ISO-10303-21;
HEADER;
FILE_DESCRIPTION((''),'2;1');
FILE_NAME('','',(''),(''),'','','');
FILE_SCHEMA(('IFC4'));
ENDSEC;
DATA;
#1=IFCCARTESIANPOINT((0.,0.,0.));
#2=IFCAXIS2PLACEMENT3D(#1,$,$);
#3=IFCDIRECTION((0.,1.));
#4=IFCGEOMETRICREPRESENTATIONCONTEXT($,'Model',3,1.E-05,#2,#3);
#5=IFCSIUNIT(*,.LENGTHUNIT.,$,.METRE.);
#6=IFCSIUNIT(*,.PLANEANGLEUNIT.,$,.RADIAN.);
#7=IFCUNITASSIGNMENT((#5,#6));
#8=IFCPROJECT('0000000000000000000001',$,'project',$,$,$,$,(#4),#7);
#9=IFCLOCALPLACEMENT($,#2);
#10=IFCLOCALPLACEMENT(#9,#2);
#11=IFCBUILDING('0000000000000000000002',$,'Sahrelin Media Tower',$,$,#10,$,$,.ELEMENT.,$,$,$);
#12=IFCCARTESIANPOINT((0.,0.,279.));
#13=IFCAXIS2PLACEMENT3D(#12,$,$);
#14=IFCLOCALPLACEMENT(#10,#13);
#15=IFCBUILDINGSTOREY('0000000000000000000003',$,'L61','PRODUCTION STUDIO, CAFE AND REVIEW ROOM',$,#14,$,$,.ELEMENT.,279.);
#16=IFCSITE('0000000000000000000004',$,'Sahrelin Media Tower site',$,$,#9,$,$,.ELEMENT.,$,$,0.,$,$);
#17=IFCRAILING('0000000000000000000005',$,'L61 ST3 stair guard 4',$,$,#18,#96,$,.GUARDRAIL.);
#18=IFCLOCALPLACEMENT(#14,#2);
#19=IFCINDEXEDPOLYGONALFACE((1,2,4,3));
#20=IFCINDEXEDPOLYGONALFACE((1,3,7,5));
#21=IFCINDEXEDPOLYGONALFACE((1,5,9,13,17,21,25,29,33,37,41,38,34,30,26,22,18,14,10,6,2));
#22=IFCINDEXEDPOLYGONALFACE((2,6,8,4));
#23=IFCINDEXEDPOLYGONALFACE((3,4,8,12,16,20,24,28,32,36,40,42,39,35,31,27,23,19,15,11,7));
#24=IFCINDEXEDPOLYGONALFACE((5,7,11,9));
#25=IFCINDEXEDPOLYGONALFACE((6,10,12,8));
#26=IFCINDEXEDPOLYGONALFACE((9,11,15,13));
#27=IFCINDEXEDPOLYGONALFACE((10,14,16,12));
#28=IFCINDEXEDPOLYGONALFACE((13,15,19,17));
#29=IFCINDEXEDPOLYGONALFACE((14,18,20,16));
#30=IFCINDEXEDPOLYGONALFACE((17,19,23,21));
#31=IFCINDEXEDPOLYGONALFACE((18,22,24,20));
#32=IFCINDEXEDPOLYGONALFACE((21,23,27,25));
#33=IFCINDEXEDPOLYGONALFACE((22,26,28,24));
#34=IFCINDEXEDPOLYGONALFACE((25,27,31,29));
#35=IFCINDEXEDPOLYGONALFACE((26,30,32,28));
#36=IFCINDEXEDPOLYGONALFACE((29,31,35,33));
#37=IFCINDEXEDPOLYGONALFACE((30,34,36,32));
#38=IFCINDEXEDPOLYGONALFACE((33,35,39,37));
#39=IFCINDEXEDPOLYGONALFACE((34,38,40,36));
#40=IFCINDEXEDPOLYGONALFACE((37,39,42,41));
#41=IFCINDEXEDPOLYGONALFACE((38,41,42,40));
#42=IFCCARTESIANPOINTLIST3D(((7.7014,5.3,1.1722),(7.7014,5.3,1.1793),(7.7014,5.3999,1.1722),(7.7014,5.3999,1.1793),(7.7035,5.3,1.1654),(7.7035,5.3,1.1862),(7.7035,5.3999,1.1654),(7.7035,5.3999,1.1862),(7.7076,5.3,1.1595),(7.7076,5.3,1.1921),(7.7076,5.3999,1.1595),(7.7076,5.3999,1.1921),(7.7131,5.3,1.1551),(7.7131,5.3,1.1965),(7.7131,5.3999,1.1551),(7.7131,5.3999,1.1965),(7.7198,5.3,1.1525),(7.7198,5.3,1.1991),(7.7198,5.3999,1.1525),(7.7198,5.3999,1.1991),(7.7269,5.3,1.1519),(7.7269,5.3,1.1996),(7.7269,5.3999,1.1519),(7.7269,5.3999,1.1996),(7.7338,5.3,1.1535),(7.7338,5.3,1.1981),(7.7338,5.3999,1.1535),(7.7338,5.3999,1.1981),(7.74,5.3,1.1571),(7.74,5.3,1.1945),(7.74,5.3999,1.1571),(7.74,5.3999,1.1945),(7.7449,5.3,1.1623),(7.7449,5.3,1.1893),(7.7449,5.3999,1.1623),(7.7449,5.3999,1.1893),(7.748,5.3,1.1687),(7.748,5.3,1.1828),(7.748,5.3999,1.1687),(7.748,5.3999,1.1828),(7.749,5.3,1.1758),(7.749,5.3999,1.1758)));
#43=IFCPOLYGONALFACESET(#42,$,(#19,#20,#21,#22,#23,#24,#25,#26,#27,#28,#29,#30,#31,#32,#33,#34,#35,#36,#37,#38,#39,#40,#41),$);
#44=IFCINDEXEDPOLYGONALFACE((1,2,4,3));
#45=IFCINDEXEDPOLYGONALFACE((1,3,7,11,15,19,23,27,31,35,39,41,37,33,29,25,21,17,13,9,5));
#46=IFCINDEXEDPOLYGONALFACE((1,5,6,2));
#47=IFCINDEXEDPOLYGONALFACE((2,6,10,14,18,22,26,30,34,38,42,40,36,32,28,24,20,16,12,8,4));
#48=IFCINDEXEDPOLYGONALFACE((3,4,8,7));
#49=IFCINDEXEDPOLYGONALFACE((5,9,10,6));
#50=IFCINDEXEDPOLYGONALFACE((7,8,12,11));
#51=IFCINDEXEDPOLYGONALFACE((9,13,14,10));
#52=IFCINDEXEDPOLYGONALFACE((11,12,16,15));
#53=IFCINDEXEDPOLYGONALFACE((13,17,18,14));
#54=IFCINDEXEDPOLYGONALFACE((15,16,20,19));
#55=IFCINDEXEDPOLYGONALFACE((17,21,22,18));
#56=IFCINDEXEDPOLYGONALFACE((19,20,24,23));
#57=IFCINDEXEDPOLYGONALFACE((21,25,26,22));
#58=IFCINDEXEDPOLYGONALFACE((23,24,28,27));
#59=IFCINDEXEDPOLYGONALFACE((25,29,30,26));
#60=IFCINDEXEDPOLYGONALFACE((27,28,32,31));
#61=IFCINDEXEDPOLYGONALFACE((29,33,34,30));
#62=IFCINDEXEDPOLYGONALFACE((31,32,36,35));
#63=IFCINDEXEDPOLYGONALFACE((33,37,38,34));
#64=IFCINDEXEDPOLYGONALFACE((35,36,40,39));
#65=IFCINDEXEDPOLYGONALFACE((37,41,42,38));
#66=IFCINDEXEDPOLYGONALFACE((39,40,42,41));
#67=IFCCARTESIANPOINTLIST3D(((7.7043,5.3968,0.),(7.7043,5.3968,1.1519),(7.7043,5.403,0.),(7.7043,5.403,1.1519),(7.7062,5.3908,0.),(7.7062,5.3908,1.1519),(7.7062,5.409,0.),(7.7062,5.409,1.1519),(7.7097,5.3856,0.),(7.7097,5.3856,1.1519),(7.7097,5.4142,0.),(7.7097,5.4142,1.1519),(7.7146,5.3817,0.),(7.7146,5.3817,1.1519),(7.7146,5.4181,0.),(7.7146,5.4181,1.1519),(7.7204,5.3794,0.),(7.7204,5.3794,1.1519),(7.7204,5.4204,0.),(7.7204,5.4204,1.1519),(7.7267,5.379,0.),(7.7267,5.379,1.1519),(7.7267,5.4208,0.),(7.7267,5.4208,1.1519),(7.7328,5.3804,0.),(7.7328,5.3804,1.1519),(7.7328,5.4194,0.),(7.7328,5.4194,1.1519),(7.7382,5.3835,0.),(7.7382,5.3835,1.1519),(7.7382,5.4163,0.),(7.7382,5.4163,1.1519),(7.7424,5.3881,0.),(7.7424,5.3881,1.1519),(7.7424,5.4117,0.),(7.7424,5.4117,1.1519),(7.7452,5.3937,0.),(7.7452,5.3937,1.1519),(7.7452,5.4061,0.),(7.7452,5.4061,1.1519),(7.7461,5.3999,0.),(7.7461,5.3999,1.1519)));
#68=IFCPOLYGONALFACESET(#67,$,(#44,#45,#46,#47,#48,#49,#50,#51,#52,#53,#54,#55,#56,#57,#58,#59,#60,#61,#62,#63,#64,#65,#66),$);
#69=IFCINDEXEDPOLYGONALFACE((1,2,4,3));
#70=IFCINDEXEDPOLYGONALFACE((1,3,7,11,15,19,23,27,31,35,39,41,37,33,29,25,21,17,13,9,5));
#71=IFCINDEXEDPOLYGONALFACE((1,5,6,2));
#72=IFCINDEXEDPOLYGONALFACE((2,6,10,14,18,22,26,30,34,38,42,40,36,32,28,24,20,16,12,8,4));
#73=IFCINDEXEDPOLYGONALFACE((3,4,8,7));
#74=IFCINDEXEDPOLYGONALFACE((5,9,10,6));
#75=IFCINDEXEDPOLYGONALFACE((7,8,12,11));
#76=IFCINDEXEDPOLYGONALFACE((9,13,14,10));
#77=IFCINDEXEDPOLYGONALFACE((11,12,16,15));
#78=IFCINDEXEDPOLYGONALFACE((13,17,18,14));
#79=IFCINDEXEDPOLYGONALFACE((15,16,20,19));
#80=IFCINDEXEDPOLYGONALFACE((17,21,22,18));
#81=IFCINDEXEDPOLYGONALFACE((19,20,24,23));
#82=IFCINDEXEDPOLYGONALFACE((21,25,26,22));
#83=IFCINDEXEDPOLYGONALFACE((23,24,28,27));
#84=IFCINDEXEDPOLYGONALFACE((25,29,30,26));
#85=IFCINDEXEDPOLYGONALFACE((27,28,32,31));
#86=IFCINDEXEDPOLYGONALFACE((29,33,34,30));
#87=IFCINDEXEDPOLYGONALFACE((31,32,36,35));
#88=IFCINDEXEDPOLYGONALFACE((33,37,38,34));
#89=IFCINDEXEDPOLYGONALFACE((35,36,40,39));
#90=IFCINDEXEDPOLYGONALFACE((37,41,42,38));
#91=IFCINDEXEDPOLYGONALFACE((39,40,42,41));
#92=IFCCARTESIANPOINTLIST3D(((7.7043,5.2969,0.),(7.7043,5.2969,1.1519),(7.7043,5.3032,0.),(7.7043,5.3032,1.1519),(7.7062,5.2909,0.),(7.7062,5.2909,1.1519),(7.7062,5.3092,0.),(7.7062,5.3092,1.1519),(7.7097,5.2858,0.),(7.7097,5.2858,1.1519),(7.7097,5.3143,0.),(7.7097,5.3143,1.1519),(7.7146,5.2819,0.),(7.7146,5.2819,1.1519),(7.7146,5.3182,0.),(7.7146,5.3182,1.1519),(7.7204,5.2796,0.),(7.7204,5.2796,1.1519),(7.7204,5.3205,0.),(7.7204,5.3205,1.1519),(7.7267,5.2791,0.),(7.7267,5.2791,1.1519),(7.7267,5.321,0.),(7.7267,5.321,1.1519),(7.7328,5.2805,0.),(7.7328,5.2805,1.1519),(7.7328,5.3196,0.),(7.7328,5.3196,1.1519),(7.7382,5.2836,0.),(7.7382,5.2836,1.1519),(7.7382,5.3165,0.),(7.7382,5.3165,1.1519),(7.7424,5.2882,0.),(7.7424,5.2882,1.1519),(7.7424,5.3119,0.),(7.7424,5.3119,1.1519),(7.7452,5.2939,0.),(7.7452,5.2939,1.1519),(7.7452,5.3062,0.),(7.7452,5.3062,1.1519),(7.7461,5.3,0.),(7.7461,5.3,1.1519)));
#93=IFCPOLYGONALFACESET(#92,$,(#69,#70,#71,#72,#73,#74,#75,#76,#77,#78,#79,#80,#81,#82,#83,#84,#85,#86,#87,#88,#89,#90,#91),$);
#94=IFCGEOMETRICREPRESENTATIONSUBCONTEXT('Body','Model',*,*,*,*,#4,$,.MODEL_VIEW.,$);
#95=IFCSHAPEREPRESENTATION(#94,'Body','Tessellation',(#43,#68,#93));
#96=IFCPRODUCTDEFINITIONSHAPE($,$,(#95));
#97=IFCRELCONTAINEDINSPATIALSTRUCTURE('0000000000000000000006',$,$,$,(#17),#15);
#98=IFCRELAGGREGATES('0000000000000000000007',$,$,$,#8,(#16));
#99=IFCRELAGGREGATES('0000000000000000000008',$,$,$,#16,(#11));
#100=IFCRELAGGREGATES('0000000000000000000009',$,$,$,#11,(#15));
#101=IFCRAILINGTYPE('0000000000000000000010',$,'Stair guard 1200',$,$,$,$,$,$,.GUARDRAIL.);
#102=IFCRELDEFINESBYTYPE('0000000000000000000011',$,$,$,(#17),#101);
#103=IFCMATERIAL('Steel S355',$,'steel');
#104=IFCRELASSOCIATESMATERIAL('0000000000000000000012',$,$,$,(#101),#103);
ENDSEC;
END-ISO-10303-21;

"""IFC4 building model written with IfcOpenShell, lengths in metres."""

from ifc_helpers import new_model, si_unit, direction, frame, origin, origin_2d, place, context, subcontext, project, spatial, circle, extrude, material, type_object, element, save


model = new_model("IFC4")

# Units and contexts
model_context = context("Model", 3, precision=1e-05, world=origin(), true_north=direction((0.0, 1.0)))
body_context = subcontext(model_context, "Body", "Model", "MODEL_VIEW")
ifc_project = project(units=[si_unit("LENGTHUNIT", "METRE"), si_unit("PLANEANGLEUNIT", "RADIAN")], contexts=[model_context])

# Site, building, storey
site_placement = place(None, origin())
site = spatial("IfcSite", under=ifc_project, at=site_placement, Name="Sahrelin Media Tower site", CompositionType="ELEMENT", RefElevation=0.0)
building_placement = place(site_placement, origin())
building = spatial("IfcBuilding", under=site, at=building_placement, Name="Sahrelin Media Tower", CompositionType="ELEMENT")
storey_placement = place(building_placement, frame((0.0, 0.0, 279.0)))
storey = spatial("IfcBuildingStorey", under=building, at=storey_placement, Name="L61", Description="PRODUCTION STUDIO, CAFE AND REVIEW ROOM", CompositionType="ELEMENT", Elevation=279.0)

# Shared definitions
ifc_material_1 = material(Name="Steel S355", Category="steel")

# Railing
railing_type_1 = type_object("IfcRailingType", Name="Stair guard 1200", PredefinedType="GUARDRAIL", material=ifc_material_1)
railing_1_placement = place(storey_placement, frame((7.7251, 5.3999, 0.0)))
element("IfcRailing", 1, at=railing_1_placement, inside=storey, type_object=railing_type_1, Name="L61 ST3 stair guard 4", PredefinedType="GUARDRAIL", context=body_context, shape_type="SweptSolid", body=[
    extrude(circle(Radius=0.0239, at=origin_2d()), frame((0.0, 0.0, 1.1758), z_axis=(0.0, -1.0, 0.0), x_axis=(1.0, 0.0, 0.0)), (0.0, 0.0, 1.0), 0.0999),
    extrude(circle(Radius=0.021, at=origin_2d()), origin(), (0.0, 0.0, 1.0), 1.1519),
    extrude(circle(Radius=0.021, at=origin_2d()), frame((0.0, -0.0999, 0.0)), (0.0, 0.0, 1.0), 1.1519),
])

save(model, "model.ifc")
